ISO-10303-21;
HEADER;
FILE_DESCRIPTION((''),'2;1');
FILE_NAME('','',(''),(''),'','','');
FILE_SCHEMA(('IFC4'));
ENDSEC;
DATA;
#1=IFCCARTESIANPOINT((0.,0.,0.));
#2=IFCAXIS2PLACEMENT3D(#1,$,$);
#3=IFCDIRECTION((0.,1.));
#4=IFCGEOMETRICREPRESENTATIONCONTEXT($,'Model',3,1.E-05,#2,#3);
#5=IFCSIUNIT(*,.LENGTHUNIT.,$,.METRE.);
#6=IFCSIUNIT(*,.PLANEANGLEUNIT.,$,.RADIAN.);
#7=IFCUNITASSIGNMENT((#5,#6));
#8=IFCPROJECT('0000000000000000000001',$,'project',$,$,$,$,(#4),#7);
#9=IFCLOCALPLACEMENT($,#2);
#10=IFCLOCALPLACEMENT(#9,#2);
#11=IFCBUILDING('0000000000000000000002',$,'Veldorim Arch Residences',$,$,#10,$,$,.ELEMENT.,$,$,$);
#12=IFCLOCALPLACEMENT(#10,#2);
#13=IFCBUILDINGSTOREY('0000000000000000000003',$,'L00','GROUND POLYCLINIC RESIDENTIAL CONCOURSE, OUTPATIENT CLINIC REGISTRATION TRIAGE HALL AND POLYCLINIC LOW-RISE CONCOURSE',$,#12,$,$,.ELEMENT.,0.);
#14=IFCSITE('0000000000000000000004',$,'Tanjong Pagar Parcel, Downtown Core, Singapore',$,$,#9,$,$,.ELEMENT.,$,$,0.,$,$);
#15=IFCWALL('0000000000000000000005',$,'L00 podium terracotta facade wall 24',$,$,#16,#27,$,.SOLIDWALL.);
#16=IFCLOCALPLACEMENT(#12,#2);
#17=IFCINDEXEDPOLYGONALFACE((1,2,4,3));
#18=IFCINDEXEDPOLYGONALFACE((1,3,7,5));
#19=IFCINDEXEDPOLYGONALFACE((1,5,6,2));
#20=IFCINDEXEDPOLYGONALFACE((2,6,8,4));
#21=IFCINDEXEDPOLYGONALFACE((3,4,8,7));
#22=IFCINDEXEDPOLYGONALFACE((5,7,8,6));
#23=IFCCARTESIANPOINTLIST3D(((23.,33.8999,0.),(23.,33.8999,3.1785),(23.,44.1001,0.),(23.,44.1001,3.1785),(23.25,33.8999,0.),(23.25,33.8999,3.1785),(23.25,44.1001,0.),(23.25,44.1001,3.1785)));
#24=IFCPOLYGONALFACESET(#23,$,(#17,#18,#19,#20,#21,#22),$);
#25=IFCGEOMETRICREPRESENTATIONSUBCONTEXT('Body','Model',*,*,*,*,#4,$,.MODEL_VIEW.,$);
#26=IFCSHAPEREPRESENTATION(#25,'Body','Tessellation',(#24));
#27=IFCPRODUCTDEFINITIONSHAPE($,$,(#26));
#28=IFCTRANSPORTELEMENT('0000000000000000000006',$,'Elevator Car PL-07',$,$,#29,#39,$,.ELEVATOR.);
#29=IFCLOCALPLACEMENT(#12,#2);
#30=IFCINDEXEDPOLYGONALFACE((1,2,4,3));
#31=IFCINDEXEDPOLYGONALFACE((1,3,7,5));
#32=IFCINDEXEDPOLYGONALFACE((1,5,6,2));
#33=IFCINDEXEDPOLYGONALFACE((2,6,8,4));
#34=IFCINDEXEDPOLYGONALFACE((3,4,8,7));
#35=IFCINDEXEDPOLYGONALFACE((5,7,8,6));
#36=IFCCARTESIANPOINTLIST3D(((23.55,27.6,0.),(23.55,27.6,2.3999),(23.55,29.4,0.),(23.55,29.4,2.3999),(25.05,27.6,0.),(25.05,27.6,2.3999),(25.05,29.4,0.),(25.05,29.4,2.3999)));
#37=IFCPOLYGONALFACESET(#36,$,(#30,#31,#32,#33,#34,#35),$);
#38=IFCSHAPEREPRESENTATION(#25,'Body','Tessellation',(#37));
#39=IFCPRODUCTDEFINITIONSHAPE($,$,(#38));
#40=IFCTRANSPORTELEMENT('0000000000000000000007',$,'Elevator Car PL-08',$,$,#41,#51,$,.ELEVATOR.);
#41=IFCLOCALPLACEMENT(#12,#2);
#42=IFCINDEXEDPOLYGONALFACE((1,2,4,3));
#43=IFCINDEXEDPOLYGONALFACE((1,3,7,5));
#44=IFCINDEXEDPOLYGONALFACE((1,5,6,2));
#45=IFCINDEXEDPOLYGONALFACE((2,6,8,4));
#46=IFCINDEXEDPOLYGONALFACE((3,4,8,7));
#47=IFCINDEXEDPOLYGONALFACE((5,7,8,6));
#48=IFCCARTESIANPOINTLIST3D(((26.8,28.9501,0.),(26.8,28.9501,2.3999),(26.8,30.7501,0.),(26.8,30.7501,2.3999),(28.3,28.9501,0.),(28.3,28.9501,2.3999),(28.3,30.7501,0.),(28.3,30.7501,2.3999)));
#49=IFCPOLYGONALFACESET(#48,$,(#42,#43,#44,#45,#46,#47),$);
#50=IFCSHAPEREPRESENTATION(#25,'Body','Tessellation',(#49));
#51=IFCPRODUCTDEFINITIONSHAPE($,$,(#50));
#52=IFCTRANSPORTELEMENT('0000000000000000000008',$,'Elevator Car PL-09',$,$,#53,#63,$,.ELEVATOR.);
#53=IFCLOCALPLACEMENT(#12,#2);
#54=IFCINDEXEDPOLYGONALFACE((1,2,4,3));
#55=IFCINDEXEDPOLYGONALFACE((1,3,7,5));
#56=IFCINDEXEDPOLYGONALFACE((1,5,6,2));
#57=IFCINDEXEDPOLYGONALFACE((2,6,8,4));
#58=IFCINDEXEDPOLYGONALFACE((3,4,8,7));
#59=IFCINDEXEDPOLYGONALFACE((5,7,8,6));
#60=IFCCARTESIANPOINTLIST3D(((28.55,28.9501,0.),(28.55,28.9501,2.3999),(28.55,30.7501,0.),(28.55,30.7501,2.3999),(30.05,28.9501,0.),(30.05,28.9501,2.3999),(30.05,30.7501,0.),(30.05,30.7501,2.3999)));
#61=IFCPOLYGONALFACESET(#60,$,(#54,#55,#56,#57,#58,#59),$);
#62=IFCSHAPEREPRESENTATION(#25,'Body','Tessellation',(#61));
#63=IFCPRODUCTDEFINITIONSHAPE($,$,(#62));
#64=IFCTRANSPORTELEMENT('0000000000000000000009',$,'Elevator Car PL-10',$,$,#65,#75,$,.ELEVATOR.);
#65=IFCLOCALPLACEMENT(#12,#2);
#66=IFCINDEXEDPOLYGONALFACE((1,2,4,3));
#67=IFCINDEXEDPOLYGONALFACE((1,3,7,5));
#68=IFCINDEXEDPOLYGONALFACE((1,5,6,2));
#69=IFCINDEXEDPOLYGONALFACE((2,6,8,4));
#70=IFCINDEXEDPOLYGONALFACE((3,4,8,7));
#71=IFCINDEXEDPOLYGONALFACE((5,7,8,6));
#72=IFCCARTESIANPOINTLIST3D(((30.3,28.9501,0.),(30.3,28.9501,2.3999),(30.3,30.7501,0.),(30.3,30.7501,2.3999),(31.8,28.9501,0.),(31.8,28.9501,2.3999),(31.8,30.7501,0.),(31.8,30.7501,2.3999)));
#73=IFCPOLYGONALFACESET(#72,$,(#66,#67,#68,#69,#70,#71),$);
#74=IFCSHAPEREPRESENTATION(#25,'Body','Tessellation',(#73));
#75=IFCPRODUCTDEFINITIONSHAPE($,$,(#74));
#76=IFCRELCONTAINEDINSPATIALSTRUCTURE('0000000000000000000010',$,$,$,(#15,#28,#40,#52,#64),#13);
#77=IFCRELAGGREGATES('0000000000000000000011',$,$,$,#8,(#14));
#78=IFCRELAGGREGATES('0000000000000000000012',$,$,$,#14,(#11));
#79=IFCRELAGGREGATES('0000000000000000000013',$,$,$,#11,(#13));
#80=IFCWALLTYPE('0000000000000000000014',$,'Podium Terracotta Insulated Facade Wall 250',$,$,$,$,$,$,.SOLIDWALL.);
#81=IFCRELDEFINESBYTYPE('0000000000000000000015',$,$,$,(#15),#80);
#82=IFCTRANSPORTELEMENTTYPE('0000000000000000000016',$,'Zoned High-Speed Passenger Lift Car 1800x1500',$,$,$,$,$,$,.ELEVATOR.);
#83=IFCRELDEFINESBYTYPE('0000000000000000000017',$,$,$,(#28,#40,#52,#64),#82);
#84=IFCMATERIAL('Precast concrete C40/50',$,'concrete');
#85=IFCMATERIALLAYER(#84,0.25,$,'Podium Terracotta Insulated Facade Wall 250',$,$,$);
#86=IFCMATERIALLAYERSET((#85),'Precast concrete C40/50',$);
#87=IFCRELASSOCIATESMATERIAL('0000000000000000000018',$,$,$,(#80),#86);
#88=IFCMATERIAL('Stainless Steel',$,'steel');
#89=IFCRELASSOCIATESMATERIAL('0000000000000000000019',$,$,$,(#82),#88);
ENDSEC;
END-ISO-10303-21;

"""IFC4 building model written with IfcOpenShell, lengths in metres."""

from ifc_helpers import new_model, si_unit, direction, frame, frame_2d, origin, origin_2d, place, context, subcontext, project, spatial, rectangle, extrude, material, layer, layer_set, type_object, element, save


model = new_model("IFC4")

# Units and contexts
model_context = context("Model", 3, precision=1e-05, world=origin(), true_north=direction((0.0, 1.0)))
body_context = subcontext(model_context, "Body", "Model", "MODEL_VIEW")
ifc_project = project(units=[si_unit("LENGTHUNIT", "METRE"), si_unit("PLANEANGLEUNIT", "RADIAN")], contexts=[model_context])

# Site, building, storey
site_placement = place(None, origin())
site = spatial("IfcSite", under=ifc_project, at=site_placement, Name="Tanjong Pagar Parcel, Downtown Core, Singapore", CompositionType="ELEMENT", RefElevation=0.0)
building_placement = place(site_placement, origin())
building = spatial("IfcBuilding", under=site, at=building_placement, Name="Veldorim Arch Residences", CompositionType="ELEMENT")
storey_placement = place(building_placement, origin())
storey = spatial("IfcBuildingStorey", under=building, at=storey_placement, Name="L00", Description="GROUND POLYCLINIC RESIDENTIAL CONCOURSE, OUTPATIENT CLINIC REGISTRATION TRIAGE HALL AND POLYCLINIC LOW-RISE CONCOURSE", CompositionType="ELEMENT", Elevation=0.0)

# Wall
ifc_material_1 = material(Name="Precast concrete C40/50", Category="concrete")
ifc_layer_1 = layer(ifc_material_1, 0.25, Name="Podium Terracotta Insulated Facade Wall 250")
ifc_layer_set_1 = layer_set([ifc_layer_1], Name="Precast concrete C40/50")
wall_type_1 = type_object("IfcWallType", Name="Podium Terracotta Insulated Facade Wall 250", PredefinedType="SOLIDWALL", material=ifc_layer_set_1)
wall_1_placement = place(storey_placement, frame((23.125, 33.8999, 0.0), z_axis=(0.0, 0.0, 1.0), x_axis=(0.0, 1.0, 0.0)))
element("IfcWall", 1, at=wall_1_placement, inside=storey, type_object=wall_type_1, Name="L00 podium terracotta facade wall 24", PredefinedType="SOLIDWALL", context=body_context, shape_type="SweptSolid", body=[
    extrude(rectangle(XDim=10.2002, YDim=0.25, at=frame_2d((5.1001, 0.0))), origin(), (0.0, 0.0, 1.0), 3.1785),
])

# Transport elements
ifc_material_2 = material(Name="Stainless Steel", Category="steel")
transport_element_type = type_object("IfcTransportElementType", Name="Zoned High-Speed Passenger Lift Car 1800x1500", PredefinedType="ELEVATOR", material=ifc_material_2)
for number, where, z_axis, x_axis, name in (
    (2, (24.3, 28.5, 0.0), (0.0, 0.0, 1.0), (0.0, 1.0, 0.0), "Elevator Car PL-07"),
    (3, (27.55, 29.8501, 0.0), (0.0, 0.0, 1.0), (0.0, 1.0, 0.0), "Elevator Car PL-08"),
    (4, (29.3, 29.8501, 0.0), (0.0, 0.0, 1.0), (0.0, 1.0, 0.0), "Elevator Car PL-09"),
    (5, (31.05, 29.8501, 0.0), (0.0, 0.0, 1.0), (0.0, 1.0, 0.0), "Elevator Car PL-10"),
):
    element("IfcTransportElement", number, at=place(storey_placement, frame(where, z_axis=z_axis, x_axis=x_axis)), inside=storey, type_object=transport_element_type, Name=name, PredefinedType="ELEVATOR", context=body_context, shape_type="SweptSolid", body=[
        extrude(rectangle(XDim=1.8, YDim=1.5, at=origin_2d()), origin(), (0.0, 0.0, 1.0), 2.3999),
    ])

save(model, "model.ifc")
